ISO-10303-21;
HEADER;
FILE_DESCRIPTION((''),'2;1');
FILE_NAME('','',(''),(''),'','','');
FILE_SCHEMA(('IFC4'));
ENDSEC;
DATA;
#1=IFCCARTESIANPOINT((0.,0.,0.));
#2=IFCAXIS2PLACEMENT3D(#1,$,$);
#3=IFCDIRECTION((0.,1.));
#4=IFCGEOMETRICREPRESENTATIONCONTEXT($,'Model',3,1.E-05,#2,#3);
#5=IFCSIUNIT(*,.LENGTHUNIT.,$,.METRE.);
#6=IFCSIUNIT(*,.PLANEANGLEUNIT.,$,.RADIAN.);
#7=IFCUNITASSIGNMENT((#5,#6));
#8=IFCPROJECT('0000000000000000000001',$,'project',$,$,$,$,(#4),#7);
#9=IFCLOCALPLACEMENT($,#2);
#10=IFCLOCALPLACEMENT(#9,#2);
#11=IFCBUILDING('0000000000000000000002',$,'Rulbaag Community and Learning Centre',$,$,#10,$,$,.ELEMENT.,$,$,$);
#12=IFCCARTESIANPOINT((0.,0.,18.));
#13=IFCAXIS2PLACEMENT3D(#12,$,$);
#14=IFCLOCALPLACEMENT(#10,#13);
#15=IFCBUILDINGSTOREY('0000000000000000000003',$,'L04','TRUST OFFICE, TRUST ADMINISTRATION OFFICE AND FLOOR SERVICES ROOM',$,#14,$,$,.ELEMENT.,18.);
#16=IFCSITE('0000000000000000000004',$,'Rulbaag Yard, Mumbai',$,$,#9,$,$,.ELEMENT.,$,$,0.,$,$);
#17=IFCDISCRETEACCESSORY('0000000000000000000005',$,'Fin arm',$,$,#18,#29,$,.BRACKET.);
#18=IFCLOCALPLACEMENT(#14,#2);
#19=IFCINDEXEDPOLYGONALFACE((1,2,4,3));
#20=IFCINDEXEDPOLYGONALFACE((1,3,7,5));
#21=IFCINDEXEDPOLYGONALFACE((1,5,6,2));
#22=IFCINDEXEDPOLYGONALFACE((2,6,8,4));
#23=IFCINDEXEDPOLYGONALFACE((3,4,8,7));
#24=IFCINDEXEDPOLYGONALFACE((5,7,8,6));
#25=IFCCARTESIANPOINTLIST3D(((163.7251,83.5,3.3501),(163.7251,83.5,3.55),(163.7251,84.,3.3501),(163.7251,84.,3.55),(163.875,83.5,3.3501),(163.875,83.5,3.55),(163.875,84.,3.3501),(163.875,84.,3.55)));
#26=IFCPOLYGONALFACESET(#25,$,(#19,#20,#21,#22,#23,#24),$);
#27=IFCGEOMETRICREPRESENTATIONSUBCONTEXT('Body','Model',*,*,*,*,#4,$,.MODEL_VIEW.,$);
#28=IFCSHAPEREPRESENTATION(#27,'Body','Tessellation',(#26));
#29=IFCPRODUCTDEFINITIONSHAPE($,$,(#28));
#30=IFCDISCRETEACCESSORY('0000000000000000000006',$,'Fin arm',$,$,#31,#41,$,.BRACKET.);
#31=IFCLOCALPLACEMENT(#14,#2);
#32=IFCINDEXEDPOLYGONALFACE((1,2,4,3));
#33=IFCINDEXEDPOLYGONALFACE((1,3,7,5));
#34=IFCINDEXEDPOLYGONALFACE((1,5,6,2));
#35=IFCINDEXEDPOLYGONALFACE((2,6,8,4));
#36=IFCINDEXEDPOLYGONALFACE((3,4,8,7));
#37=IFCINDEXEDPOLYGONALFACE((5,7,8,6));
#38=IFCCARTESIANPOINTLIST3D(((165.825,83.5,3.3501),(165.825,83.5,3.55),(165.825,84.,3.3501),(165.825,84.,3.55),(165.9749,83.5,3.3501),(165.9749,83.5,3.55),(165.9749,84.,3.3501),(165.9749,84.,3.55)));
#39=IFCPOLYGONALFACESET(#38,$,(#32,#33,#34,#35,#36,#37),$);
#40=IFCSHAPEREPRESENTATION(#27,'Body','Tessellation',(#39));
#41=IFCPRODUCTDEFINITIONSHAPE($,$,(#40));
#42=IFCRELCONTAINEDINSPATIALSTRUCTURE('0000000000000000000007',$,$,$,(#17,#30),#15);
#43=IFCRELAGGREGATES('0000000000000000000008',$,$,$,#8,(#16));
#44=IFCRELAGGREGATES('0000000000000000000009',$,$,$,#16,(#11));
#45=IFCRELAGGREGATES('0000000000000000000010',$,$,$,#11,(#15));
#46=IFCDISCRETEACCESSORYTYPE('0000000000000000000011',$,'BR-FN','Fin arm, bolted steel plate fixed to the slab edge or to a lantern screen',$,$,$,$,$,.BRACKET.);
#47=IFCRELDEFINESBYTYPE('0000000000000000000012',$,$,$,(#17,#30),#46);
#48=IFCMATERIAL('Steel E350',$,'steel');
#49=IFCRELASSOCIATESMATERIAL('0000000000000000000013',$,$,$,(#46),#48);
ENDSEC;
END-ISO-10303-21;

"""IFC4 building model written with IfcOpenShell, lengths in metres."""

from ifc_helpers import new_model, si_unit, direction, frame, origin, origin_2d, place, context, subcontext, project, spatial, rectangle, extrude, material, type_object, element, save


model = new_model("IFC4")

# Units and contexts
model_context = context("Model", 3, precision=1e-05, world=origin(), true_north=direction((0.0, 1.0)))
body_context = subcontext(model_context, "Body", "Model", "MODEL_VIEW")
ifc_project = project(units=[si_unit("LENGTHUNIT", "METRE"), si_unit("PLANEANGLEUNIT", "RADIAN")], contexts=[model_context])

# Site, building, storey
site_placement = place(None, origin())
site = spatial("IfcSite", under=ifc_project, at=site_placement, Name="Rulbaag Yard, Mumbai", CompositionType="ELEMENT", RefElevation=0.0)
building_placement = place(site_placement, origin())
building = spatial("IfcBuilding", under=site, at=building_placement, Name="Rulbaag Community and Learning Centre", CompositionType="ELEMENT")
storey_placement = place(building_placement, frame((0.0, 0.0, 18.0)))
storey = spatial("IfcBuildingStorey", under=building, at=storey_placement, Name="L04", Description="TRUST OFFICE, TRUST ADMINISTRATION OFFICE AND FLOOR SERVICES ROOM", CompositionType="ELEMENT", Elevation=18.0)

# Discrete accessories
ifc_material_1 = material(Name="Steel E350", Category="steel")
discrete_accessory_type = type_object("IfcDiscreteAccessoryType", Name="BR-FN", Description="Fin arm, bolted steel plate fixed to the slab edge or to a lantern screen", PredefinedType="BRACKET", material=ifc_material_1)
for number, where, z_axis, x_axis, name in (
    (1, (163.8, 83.75, 3.3501), (0.0, 0.0, 1.0), (1.0, 0.0, 0.0), "Fin arm"),
    (2, (165.8999, 83.75, 3.3501), (0.0, 0.0, 1.0), (1.0, 0.0, 0.0), "Fin arm"),
):
    element("IfcDiscreteAccessory", number, at=place(storey_placement, frame(where, z_axis=z_axis, x_axis=x_axis)), inside=storey, type_object=discrete_accessory_type, Name=name, PredefinedType="BRACKET", context=body_context, shape_type="SweptSolid", body=[
        extrude(rectangle(XDim=0.1499, YDim=0.5, at=origin_2d()), origin(), (0.0, 0.0, 1.0), 0.2),
    ])

save(model, "model.ifc")
